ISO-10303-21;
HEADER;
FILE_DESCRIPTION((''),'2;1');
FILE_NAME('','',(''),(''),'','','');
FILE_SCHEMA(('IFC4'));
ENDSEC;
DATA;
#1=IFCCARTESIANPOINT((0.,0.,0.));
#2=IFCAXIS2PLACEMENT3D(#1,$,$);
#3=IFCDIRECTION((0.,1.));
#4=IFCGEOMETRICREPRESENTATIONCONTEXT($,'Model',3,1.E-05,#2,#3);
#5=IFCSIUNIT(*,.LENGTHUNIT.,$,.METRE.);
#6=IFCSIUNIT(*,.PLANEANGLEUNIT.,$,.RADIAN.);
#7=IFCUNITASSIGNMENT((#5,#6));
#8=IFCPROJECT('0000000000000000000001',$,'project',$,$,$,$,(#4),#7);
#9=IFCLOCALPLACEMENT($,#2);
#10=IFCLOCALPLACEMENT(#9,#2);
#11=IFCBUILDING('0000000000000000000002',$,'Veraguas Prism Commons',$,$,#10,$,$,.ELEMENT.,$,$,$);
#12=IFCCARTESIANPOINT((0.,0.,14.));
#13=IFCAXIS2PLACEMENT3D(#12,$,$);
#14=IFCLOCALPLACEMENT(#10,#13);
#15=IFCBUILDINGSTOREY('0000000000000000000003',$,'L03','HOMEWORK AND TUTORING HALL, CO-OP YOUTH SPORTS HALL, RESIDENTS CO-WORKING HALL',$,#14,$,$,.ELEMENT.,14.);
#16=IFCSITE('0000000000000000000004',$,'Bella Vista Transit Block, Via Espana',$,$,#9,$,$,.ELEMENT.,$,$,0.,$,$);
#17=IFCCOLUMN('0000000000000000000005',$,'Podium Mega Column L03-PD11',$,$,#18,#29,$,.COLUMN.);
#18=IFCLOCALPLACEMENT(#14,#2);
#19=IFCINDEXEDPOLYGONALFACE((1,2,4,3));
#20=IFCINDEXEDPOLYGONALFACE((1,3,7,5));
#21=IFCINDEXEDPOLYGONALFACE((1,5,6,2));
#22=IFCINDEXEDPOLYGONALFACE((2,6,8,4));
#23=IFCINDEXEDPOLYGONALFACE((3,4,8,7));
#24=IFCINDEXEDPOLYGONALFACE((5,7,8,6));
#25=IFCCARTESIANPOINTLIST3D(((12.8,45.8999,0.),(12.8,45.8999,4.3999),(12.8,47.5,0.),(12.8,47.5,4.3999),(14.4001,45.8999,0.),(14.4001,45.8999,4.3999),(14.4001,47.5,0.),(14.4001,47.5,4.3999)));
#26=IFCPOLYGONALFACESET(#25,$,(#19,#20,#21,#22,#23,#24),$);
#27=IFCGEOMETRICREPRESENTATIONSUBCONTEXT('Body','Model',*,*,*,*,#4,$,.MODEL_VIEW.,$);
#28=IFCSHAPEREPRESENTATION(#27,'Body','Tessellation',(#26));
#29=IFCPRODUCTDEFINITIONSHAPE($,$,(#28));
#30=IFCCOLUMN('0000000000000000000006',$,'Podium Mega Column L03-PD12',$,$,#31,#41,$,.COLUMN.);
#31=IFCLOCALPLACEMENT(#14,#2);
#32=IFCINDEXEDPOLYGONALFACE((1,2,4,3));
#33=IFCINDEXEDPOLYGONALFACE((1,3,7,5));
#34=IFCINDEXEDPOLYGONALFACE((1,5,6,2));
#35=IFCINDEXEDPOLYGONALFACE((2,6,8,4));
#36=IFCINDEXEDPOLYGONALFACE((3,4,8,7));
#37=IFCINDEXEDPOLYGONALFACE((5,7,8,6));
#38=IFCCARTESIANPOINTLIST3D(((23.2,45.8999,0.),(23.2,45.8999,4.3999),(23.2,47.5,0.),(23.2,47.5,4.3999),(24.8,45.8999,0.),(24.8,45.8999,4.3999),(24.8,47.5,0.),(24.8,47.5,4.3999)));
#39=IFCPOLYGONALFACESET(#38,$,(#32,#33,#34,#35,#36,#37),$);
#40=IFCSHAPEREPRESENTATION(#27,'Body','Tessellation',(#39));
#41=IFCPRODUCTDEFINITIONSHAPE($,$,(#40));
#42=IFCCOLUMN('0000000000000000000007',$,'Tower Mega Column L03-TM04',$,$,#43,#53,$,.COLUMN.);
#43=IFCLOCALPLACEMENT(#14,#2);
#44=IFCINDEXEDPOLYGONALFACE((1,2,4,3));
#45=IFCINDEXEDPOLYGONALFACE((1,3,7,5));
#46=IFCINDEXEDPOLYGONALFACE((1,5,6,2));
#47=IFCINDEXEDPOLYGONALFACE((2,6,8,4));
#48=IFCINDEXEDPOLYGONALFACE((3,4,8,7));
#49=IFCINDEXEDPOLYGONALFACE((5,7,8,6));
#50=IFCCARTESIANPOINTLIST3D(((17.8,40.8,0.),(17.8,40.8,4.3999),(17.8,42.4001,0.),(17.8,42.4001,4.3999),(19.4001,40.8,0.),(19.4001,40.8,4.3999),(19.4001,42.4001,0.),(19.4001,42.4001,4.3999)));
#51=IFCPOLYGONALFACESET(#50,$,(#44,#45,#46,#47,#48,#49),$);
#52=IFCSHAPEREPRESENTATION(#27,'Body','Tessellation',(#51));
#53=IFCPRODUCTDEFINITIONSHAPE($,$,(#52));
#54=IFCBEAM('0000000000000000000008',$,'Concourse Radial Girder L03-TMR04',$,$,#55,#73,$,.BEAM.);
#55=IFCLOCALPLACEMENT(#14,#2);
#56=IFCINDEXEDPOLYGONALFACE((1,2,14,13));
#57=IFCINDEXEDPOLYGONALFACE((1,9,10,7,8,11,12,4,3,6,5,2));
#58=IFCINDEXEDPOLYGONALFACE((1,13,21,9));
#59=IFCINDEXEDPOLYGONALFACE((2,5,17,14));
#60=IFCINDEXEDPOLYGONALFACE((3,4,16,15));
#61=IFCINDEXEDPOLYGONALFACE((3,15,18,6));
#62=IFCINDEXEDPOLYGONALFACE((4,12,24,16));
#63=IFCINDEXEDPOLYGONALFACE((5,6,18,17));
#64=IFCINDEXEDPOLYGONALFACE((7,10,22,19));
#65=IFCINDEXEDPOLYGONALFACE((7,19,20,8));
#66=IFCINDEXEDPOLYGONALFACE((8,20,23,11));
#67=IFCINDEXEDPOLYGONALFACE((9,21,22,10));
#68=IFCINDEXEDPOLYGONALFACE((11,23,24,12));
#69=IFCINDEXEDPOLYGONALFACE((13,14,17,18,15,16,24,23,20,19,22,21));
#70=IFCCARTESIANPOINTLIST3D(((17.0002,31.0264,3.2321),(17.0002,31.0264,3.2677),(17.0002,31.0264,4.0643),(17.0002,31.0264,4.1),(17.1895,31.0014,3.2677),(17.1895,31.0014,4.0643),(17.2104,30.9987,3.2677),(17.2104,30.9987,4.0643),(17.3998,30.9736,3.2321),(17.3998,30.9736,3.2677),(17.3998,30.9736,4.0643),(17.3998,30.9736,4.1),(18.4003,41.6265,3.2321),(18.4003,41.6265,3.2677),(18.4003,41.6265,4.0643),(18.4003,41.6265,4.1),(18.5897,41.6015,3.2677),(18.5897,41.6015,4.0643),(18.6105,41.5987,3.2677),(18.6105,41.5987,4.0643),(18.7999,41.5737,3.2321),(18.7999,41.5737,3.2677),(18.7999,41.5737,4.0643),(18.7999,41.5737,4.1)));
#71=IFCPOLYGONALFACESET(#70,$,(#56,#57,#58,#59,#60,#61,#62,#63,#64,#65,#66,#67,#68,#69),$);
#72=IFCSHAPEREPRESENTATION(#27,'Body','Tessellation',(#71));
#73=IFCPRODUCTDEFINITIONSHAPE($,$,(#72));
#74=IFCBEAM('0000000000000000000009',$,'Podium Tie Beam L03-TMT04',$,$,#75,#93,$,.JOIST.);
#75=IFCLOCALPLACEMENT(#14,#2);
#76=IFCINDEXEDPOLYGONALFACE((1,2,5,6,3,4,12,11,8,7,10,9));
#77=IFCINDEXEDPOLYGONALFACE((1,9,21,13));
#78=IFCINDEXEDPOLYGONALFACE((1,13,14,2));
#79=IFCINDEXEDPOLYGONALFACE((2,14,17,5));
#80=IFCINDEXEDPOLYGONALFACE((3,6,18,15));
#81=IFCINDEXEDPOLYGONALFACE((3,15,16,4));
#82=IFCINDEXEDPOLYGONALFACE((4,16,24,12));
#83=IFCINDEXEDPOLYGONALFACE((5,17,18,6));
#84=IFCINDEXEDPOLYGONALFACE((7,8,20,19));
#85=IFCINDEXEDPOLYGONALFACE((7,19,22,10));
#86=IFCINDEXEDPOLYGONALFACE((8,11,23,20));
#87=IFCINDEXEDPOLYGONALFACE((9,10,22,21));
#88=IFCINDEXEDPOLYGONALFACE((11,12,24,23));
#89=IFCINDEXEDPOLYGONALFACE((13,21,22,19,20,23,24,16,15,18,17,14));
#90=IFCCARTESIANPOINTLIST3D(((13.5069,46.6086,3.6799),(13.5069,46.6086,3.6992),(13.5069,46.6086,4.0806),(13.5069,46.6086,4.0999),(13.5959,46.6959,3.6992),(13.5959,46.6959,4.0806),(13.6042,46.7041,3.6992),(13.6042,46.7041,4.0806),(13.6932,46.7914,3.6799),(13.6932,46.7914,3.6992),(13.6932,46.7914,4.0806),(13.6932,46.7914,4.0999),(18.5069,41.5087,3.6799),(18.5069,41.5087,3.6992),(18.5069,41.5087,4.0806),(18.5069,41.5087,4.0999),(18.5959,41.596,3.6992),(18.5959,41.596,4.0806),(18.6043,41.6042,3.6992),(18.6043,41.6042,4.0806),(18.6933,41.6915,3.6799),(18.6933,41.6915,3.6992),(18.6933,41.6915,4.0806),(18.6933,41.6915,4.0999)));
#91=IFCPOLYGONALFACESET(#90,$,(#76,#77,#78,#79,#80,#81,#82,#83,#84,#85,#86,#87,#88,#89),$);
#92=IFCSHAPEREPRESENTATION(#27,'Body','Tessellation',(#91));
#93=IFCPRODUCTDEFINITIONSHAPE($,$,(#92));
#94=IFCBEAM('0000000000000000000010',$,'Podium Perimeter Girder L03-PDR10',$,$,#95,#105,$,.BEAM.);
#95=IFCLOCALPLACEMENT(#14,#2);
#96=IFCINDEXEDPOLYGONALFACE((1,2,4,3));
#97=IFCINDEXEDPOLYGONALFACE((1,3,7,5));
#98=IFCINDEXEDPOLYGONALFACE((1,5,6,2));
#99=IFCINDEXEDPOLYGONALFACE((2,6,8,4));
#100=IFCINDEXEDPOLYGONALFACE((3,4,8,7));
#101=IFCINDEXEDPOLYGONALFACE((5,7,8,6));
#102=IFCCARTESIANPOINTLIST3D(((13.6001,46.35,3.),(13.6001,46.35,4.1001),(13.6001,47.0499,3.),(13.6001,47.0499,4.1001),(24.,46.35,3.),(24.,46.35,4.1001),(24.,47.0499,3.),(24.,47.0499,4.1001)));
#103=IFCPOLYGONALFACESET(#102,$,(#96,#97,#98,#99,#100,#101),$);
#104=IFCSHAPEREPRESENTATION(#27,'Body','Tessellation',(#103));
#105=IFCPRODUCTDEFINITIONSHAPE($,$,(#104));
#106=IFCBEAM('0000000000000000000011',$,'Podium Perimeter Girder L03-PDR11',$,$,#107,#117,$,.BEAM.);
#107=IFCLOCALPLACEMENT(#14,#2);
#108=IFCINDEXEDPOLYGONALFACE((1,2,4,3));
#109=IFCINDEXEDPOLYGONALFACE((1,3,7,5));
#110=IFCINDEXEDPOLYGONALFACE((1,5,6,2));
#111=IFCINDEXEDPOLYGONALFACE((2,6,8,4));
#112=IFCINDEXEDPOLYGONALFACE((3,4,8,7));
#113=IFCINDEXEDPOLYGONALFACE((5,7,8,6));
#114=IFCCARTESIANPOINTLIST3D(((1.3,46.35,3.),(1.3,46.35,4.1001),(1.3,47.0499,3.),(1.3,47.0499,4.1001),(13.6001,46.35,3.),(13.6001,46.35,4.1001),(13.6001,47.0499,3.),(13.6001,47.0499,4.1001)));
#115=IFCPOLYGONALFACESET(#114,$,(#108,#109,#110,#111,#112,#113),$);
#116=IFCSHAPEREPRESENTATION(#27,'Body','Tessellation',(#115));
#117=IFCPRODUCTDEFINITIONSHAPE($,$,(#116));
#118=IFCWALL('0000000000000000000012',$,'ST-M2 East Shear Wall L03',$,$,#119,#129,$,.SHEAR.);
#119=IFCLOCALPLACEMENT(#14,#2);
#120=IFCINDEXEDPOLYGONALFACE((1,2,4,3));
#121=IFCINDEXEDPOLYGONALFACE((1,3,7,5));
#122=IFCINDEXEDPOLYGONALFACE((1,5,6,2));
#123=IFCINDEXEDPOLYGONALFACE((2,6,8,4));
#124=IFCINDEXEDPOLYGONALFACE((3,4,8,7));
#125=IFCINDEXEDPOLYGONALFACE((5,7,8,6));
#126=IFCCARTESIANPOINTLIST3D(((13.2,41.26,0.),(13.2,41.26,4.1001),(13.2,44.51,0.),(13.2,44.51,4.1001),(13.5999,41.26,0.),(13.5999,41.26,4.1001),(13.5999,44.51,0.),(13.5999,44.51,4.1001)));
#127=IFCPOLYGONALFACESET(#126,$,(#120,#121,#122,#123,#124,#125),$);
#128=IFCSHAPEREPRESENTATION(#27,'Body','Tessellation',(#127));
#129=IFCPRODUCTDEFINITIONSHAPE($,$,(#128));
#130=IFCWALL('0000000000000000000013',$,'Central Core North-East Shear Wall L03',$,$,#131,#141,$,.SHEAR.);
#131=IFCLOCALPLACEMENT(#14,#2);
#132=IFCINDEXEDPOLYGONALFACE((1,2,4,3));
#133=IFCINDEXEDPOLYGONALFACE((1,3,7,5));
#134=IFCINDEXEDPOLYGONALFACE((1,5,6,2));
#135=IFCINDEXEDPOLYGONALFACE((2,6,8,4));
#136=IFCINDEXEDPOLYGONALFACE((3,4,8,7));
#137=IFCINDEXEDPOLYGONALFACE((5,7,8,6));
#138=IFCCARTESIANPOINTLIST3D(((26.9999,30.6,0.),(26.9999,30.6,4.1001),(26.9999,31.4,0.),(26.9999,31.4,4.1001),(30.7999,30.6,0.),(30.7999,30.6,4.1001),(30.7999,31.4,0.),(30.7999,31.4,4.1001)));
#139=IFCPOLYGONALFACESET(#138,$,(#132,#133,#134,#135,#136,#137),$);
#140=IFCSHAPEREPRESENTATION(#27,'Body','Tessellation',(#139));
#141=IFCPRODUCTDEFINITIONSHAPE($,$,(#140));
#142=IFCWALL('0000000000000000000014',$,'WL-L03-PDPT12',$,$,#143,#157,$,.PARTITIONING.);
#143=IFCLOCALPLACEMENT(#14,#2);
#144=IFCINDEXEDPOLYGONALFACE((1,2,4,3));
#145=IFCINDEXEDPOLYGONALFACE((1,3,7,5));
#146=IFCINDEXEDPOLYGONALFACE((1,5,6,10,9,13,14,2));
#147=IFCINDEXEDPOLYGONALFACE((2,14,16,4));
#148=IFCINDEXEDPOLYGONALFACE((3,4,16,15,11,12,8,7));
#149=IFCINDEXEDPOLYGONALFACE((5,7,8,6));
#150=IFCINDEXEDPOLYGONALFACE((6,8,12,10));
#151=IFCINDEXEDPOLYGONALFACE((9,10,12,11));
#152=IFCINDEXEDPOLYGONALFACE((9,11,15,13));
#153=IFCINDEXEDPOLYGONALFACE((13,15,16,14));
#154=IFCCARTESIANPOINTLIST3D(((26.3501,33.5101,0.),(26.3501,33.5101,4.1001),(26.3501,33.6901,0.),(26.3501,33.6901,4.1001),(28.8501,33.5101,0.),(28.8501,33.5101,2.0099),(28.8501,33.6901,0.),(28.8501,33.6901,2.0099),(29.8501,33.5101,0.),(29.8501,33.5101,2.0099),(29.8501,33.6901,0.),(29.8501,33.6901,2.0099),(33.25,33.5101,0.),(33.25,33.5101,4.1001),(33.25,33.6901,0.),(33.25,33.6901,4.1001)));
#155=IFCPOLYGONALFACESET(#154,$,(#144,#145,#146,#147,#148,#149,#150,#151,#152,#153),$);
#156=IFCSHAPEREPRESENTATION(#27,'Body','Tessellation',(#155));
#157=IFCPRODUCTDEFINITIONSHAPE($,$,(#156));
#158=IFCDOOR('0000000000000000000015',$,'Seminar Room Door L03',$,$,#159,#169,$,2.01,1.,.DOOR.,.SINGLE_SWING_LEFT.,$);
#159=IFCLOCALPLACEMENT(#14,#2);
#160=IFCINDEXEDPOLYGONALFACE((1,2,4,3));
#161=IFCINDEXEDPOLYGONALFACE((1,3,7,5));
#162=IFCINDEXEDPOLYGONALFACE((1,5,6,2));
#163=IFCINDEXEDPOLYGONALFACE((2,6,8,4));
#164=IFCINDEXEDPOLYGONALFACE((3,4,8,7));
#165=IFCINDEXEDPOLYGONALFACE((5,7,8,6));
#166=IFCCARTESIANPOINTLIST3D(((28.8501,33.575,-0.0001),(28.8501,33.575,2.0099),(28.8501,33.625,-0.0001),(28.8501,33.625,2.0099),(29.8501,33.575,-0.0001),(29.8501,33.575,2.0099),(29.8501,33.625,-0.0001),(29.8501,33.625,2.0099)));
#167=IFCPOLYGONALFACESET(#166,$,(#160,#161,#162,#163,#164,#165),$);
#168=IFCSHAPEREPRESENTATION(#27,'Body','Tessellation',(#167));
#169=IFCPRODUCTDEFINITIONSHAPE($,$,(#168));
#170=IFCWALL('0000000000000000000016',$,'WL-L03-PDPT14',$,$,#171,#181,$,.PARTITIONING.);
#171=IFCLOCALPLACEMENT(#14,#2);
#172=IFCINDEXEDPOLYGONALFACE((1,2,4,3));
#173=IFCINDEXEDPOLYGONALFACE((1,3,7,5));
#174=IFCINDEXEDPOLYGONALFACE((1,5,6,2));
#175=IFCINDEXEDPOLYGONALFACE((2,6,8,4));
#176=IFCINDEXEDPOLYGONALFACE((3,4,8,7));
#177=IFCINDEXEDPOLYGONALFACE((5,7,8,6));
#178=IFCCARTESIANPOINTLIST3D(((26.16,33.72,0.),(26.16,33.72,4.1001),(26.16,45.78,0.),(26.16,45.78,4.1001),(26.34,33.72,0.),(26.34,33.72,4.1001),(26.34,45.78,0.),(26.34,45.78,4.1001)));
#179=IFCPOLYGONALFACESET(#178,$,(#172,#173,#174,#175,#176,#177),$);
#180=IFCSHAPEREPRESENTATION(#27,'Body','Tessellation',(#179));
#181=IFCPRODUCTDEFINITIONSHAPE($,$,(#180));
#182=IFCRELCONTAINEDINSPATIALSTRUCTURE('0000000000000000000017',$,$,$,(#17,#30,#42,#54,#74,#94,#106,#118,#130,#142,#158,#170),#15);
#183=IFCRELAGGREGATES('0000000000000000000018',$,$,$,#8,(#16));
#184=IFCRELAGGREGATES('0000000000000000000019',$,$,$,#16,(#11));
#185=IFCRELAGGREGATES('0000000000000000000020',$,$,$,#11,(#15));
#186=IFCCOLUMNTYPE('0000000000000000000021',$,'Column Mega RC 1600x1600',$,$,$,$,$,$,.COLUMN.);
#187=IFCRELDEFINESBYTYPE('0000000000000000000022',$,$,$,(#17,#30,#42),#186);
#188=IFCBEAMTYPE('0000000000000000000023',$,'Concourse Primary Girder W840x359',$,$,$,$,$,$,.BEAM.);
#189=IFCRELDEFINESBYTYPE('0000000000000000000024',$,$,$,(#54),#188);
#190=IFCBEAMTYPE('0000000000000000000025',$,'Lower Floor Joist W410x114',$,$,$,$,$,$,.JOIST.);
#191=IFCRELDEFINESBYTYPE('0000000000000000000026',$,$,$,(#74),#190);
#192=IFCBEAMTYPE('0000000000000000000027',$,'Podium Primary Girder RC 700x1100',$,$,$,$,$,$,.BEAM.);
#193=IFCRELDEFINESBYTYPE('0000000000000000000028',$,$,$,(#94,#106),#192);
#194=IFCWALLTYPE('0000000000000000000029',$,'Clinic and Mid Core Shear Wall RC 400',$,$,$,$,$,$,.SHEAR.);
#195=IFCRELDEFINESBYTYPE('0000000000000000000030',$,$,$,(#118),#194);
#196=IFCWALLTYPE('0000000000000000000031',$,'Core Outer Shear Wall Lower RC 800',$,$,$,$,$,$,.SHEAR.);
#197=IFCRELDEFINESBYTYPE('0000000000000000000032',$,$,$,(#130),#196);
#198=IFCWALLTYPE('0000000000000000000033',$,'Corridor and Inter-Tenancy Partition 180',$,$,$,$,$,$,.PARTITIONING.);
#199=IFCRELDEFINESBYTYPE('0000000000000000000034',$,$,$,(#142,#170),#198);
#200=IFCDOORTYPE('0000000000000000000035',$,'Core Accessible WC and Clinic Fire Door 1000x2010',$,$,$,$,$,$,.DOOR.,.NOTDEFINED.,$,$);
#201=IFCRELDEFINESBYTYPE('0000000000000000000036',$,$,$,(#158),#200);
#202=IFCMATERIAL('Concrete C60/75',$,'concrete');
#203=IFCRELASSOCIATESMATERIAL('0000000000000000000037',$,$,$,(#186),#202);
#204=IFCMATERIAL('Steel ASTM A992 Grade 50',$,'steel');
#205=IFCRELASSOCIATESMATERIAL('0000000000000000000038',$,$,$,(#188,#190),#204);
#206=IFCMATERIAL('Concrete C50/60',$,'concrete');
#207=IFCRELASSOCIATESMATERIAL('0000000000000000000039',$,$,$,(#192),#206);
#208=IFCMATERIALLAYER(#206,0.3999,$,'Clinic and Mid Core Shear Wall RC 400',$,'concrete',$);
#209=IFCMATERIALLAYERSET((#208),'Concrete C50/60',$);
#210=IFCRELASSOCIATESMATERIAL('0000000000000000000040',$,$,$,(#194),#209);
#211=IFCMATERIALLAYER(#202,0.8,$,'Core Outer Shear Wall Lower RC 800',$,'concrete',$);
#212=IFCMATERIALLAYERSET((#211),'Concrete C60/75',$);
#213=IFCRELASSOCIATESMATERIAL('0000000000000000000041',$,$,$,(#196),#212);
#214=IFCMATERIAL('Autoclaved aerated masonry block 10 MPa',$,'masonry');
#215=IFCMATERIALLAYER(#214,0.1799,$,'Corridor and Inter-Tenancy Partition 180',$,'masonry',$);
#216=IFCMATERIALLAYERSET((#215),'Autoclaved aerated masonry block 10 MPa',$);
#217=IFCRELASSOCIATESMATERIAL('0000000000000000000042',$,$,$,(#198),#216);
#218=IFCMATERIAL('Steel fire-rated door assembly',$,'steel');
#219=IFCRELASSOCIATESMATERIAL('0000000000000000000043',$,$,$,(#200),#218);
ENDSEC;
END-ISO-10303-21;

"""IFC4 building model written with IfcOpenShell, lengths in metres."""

from ifc_helpers import new_model, si_unit, direction, frame, frame_2d, origin, origin_2d, place, context, subcontext, project, spatial, rectangle, i_section, extrude, source, transform, mapped, material, layer, layer_set, material_profile, profile_set, type_object, element, fill, save


model = new_model("IFC4")

# Units and contexts
model_context = context("Model", 3, precision=1e-05, world=origin(), true_north=direction((0.0, 1.0)))
body_context = subcontext(model_context, "Body", "Model", "MODEL_VIEW")
ifc_project = project(units=[si_unit("LENGTHUNIT", "METRE"), si_unit("PLANEANGLEUNIT", "RADIAN")], contexts=[model_context])

# Site, building, storey
site_placement = place(None, origin())
site = spatial("IfcSite", under=ifc_project, at=site_placement, Name="Bella Vista Transit Block, Via Espana", CompositionType="ELEMENT", RefElevation=0.0)
building_placement = place(site_placement, origin())
building = spatial("IfcBuilding", under=site, at=building_placement, Name="Veraguas Prism Commons", CompositionType="ELEMENT")
storey_placement = place(building_placement, frame((0.0, 0.0, 14.0)))
storey = spatial("IfcBuildingStorey", under=building, at=storey_placement, Name="L03", Description="HOMEWORK AND TUTORING HALL, CO-OP YOUTH SPORTS HALL, RESIDENTS CO-WORKING HALL", CompositionType="ELEMENT", Elevation=14.0)

# Columns
ifc_material_1 = material(Name="Concrete C60/75", Category="concrete")
ifc_material_profile_1 = material_profile(ifc_material_1, rectangle(XDim=1.6001, YDim=1.6001, at=origin_2d()), Name="RC1600X1600")
ifc_profile_set_1 = profile_set([ifc_material_profile_1], Name="Concrete C60/75")
column_type = type_object("IfcColumnType", Name="Column Mega RC 1600x1600", PredefinedType="COLUMN", material=ifc_profile_set_1)
for number, where, z_axis, x_axis, name in (
    (1, (13.6001, 46.7, 0.0), (0.0, 0.0, 1.0), (1.0, 0.0, 0.0), "Podium Mega Column L03-PD11"),
    (2, (24.0, 46.7, 0.0), (0.0, 0.0, 1.0), (1.0, 0.0, 0.0), "Podium Mega Column L03-PD12"),
    (3, (18.6001, 41.6001, 0.0), (0.0, 0.0, 1.0), (1.0, 0.0, 0.0), "Tower Mega Column L03-TM04"),
):
    element("IfcColumn", number, at=place(storey_placement, frame(where, z_axis=z_axis, x_axis=x_axis)), inside=storey, type_object=column_type, Name=name, PredefinedType="COLUMN", context=body_context, shape_type="SweptSolid", body=[
        extrude(rectangle(XDim=1.6001, YDim=1.6001, at=origin_2d()), origin(), (0.0, 0.0, 1.0), 4.3999),
    ])

# Beams
ifc_material_2 = material(Name="Steel ASTM A992 Grade 50", Category="steel")
ifc_material_profile_2 = material_profile(ifc_material_2, i_section(OverallWidth=0.4031, OverallDepth=0.8679, WebThickness=0.021, FlangeThickness=0.0356, at=origin_2d()), Name="W840X359")
ifc_profile_set_2 = profile_set([ifc_material_profile_2], Name="Steel ASTM A992 Grade 50")
beam_type_1 = type_object("IfcBeamType", Name="Concourse Primary Girder W840x359", PredefinedType="BEAM", material=ifc_profile_set_2)
beam_1_placement = place(storey_placement, frame((18.6001, 41.6001, 3.666), z_axis=(-0.130951, -0.991389, 0.0), x_axis=(0.991389, -0.130951, 0.0)))
element("IfcBeam", 4, at=beam_1_placement, inside=storey, type_object=beam_type_1, Name="Concourse Radial Girder L03-TMR04", PredefinedType="BEAM", context=body_context, shape_type="SweptSolid", body=[
    extrude(i_section(OverallWidth=0.4031, OverallDepth=0.8679, WebThickness=0.021, FlangeThickness=0.0356, at=origin_2d()), origin(), (0.0, 0.0, 1.0), 10.6921),
])
ifc_material_profile_3 = material_profile(ifc_material_2, i_section(OverallWidth=0.261, OverallDepth=0.4199, WebThickness=0.0117, FlangeThickness=0.0193, at=origin_2d()), Name="W410X114")
ifc_profile_set_3 = profile_set([ifc_material_profile_3], Name="Steel ASTM A992 Grade 50")
beam_type_2 = type_object("IfcBeamType", Name="Lower Floor Joist W410x114", PredefinedType="JOIST", material=ifc_profile_set_3)
beam_2_placement = place(storey_placement, frame((18.6001, 41.6001, 3.8899), z_axis=(-0.700082, 0.714063, 0.0), x_axis=(-0.714063, -0.700082, 0.0)))
element("IfcBeam", 5, at=beam_2_placement, inside=storey, type_object=beam_type_2, Name="Podium Tie Beam L03-TMT04", PredefinedType="JOIST", context=body_context, shape_type="SweptSolid", body=[
    extrude(i_section(OverallWidth=0.261, OverallDepth=0.4199, WebThickness=0.0117, FlangeThickness=0.0193, at=origin_2d()), origin(), (0.0, 0.0, 1.0), 7.1421),
])
ifc_material_3 = material(Name="Concrete C50/60", Category="concrete")
ifc_material_profile_4 = material_profile(ifc_material_3, rectangle(XDim=0.7, YDim=1.1001, at=origin_2d()), Name="RC700X1100")
ifc_profile_set_4 = profile_set([ifc_material_profile_4], Name="Concrete C50/60")
beam_type_3 = type_object("IfcBeamType", Name="Podium Primary Girder RC 700x1100", PredefinedType="BEAM", material=ifc_profile_set_4)
beam_3_placement = place(storey_placement, frame((24.0, 46.7, 3.55), z_axis=(-1.0, 0.0, 0.0), x_axis=(0.0, -1.0, 0.0)))
element("IfcBeam", 6, at=beam_3_placement, inside=storey, type_object=beam_type_3, Name="Podium Perimeter Girder L03-PDR10", PredefinedType="BEAM", context=body_context, shape_type="SweptSolid", body=[
    extrude(rectangle(XDim=0.7, YDim=1.1001, at=origin_2d()), origin(), (0.0, 0.0, 1.0), 10.3999),
])
beam_4_placement = place(storey_placement, frame((13.6001, 46.7, 3.55), z_axis=(-1.0, 0.0, 0.0), x_axis=(0.0, -1.0, 0.0)))
element("IfcBeam", 7, at=beam_4_placement, inside=storey, type_object=beam_type_3, Name="Podium Perimeter Girder L03-PDR11", PredefinedType="BEAM", context=body_context, shape_type="SweptSolid", body=[
    extrude(rectangle(XDim=0.7, YDim=1.1001, at=origin_2d()), origin(), (0.0, 0.0, 1.0), 12.3),
])

# Walls
ifc_layer_1 = layer(ifc_material_3, 0.3999, Name="Clinic and Mid Core Shear Wall RC 400", Category="concrete")
ifc_layer_set_1 = layer_set([ifc_layer_1], Name="Concrete C50/60")
wall_type_1 = type_object("IfcWallType", Name="Clinic and Mid Core Shear Wall RC 400", PredefinedType="SHEAR", material=ifc_layer_set_1)
wall_1_placement = place(storey_placement, frame((13.3999, 41.26, 0.0), z_axis=(0.0, 0.0, 1.0), x_axis=(0.0, 1.0, 0.0)))
element("IfcWall", 8, at=wall_1_placement, inside=storey, type_object=wall_type_1, Name="ST-M2 East Shear Wall L03", PredefinedType="SHEAR", context=body_context, shape_type="SweptSolid", body=[
    extrude(rectangle(XDim=3.25, YDim=0.3999, at=frame_2d((1.625, 0.0))), origin(), (0.0, 0.0, 1.0), 4.1001),
])
ifc_layer_2 = layer(ifc_material_1, 0.8, Name="Core Outer Shear Wall Lower RC 800", Category="concrete")
ifc_layer_set_2 = layer_set([ifc_layer_2], Name="Concrete C60/75")
wall_type_2 = type_object("IfcWallType", Name="Core Outer Shear Wall Lower RC 800", PredefinedType="SHEAR", material=ifc_layer_set_2)
wall_2_placement = place(storey_placement, frame((27.0, 31.0, 0.0), z_axis=(0.0, 0.0, 1.0), x_axis=(1.0, 0.0, 0.0)))
element("IfcWall", 9, at=wall_2_placement, inside=storey, type_object=wall_type_2, Name="Central Core North-East Shear Wall L03", PredefinedType="SHEAR", context=body_context, shape_type="SweptSolid", body=[
    extrude(rectangle(XDim=3.8, YDim=0.8, at=frame_2d((1.8999, 0.0))), origin(), (0.0, 0.0, 1.0), 4.1001),
])

# Wall, opening, door
ifc_material_4 = material(Name="Autoclaved aerated masonry block 10 MPa", Category="masonry")
ifc_layer_3 = layer(ifc_material_4, 0.1799, Name="Corridor and Inter-Tenancy Partition 180", Category="masonry")
ifc_layer_set_3 = layer_set([ifc_layer_3], Name="Autoclaved aerated masonry block 10 MPa")
wall_type_3 = type_object("IfcWallType", Name="Corridor and Inter-Tenancy Partition 180", PredefinedType="PARTITIONING", material=ifc_layer_set_3)
wall_3_placement = place(storey_placement, frame((26.3501, 33.6001, 0.0), z_axis=(0.0, 0.0, 1.0), x_axis=(1.0, 0.0, 0.0)))
wall_3 = element("IfcWall", 10, at=wall_3_placement, inside=storey, type_object=wall_type_3, Name="WL-L03-PDPT12", PredefinedType="PARTITIONING", context=body_context, shape_type="SweptSolid", body=[
    extrude(rectangle(XDim=6.8999, YDim=0.1799, at=frame_2d((3.45, 0.0))), origin(), (0.0, 0.0, 1.0), 4.1001),
])
opening_1_placement = place(wall_3_placement, frame((2.5, 0.0, 0.0)))
opening_1 = element("IfcOpeningElement", 11, at=opening_1_placement, cuts=wall_3, PredefinedType="OPENING", context=body_context, shape_type="SweptSolid", body=[
    extrude(rectangle(XDim=1.0, YDim=2.01, at=frame_2d((0.5, 1.0049))), frame((0.0, 0.0999, 0.0), z_axis=(0.0, -1.0, 0.0), x_axis=(1.0, 0.0, 0.0)), (0.0, 0.0, 1.0), 0.2),
])
ifc_material_5 = material(Name="Steel fire-rated door assembly", Category="steel")
door_type_1 = type_object("IfcDoorType", Name="Core Accessible WC and Clinic Fire Door 1000x2010", OperationType="NOTDEFINED", PredefinedType="DOOR", material=ifc_material_5)
shared_shape_1 = source(origin(), body_context, "Body", "SweptSolid", [
    extrude(rectangle(XDim=1.0, YDim=2.01, at=frame_2d((0.5, 1.0049))), frame((0.0, 0.0249, 0.0), z_axis=(0.0, -1.0, 0.0), x_axis=(1.0, 0.0, 0.0)), (0.0, 0.0, 1.0), 0.05),
])
door_1_placement = place(opening_1_placement, origin())
door_1 = element("IfcDoor", 12, at=door_1_placement, inside=storey, type_object=door_type_1, Name="Seminar Room Door L03", OperationType="SINGLE_SWING_LEFT", OverallHeight=2.01, OverallWidth=1.0, PredefinedType="DOOR", context=body_context, shape_type="MappedRepresentation", body=[
    mapped(shared_shape_1, transform((0.0, 0.0, 0.0), scale=1.0)),
])
fill(opening_1, door_1)

# Wall
wall_4_placement = place(storey_placement, frame((26.25, 33.72, 0.0), z_axis=(0.0, 0.0, 1.0), x_axis=(0.0, 1.0, 0.0)))
element("IfcWall", 13, at=wall_4_placement, inside=storey, type_object=wall_type_3, Name="WL-L03-PDPT14", PredefinedType="PARTITIONING", context=body_context, shape_type="SweptSolid", body=[
    extrude(rectangle(XDim=12.0601, YDim=0.1799, at=frame_2d((6.03, 0.0))), origin(), (0.0, 0.0, 1.0), 4.1001),
])

save(model, "model.ifc")
